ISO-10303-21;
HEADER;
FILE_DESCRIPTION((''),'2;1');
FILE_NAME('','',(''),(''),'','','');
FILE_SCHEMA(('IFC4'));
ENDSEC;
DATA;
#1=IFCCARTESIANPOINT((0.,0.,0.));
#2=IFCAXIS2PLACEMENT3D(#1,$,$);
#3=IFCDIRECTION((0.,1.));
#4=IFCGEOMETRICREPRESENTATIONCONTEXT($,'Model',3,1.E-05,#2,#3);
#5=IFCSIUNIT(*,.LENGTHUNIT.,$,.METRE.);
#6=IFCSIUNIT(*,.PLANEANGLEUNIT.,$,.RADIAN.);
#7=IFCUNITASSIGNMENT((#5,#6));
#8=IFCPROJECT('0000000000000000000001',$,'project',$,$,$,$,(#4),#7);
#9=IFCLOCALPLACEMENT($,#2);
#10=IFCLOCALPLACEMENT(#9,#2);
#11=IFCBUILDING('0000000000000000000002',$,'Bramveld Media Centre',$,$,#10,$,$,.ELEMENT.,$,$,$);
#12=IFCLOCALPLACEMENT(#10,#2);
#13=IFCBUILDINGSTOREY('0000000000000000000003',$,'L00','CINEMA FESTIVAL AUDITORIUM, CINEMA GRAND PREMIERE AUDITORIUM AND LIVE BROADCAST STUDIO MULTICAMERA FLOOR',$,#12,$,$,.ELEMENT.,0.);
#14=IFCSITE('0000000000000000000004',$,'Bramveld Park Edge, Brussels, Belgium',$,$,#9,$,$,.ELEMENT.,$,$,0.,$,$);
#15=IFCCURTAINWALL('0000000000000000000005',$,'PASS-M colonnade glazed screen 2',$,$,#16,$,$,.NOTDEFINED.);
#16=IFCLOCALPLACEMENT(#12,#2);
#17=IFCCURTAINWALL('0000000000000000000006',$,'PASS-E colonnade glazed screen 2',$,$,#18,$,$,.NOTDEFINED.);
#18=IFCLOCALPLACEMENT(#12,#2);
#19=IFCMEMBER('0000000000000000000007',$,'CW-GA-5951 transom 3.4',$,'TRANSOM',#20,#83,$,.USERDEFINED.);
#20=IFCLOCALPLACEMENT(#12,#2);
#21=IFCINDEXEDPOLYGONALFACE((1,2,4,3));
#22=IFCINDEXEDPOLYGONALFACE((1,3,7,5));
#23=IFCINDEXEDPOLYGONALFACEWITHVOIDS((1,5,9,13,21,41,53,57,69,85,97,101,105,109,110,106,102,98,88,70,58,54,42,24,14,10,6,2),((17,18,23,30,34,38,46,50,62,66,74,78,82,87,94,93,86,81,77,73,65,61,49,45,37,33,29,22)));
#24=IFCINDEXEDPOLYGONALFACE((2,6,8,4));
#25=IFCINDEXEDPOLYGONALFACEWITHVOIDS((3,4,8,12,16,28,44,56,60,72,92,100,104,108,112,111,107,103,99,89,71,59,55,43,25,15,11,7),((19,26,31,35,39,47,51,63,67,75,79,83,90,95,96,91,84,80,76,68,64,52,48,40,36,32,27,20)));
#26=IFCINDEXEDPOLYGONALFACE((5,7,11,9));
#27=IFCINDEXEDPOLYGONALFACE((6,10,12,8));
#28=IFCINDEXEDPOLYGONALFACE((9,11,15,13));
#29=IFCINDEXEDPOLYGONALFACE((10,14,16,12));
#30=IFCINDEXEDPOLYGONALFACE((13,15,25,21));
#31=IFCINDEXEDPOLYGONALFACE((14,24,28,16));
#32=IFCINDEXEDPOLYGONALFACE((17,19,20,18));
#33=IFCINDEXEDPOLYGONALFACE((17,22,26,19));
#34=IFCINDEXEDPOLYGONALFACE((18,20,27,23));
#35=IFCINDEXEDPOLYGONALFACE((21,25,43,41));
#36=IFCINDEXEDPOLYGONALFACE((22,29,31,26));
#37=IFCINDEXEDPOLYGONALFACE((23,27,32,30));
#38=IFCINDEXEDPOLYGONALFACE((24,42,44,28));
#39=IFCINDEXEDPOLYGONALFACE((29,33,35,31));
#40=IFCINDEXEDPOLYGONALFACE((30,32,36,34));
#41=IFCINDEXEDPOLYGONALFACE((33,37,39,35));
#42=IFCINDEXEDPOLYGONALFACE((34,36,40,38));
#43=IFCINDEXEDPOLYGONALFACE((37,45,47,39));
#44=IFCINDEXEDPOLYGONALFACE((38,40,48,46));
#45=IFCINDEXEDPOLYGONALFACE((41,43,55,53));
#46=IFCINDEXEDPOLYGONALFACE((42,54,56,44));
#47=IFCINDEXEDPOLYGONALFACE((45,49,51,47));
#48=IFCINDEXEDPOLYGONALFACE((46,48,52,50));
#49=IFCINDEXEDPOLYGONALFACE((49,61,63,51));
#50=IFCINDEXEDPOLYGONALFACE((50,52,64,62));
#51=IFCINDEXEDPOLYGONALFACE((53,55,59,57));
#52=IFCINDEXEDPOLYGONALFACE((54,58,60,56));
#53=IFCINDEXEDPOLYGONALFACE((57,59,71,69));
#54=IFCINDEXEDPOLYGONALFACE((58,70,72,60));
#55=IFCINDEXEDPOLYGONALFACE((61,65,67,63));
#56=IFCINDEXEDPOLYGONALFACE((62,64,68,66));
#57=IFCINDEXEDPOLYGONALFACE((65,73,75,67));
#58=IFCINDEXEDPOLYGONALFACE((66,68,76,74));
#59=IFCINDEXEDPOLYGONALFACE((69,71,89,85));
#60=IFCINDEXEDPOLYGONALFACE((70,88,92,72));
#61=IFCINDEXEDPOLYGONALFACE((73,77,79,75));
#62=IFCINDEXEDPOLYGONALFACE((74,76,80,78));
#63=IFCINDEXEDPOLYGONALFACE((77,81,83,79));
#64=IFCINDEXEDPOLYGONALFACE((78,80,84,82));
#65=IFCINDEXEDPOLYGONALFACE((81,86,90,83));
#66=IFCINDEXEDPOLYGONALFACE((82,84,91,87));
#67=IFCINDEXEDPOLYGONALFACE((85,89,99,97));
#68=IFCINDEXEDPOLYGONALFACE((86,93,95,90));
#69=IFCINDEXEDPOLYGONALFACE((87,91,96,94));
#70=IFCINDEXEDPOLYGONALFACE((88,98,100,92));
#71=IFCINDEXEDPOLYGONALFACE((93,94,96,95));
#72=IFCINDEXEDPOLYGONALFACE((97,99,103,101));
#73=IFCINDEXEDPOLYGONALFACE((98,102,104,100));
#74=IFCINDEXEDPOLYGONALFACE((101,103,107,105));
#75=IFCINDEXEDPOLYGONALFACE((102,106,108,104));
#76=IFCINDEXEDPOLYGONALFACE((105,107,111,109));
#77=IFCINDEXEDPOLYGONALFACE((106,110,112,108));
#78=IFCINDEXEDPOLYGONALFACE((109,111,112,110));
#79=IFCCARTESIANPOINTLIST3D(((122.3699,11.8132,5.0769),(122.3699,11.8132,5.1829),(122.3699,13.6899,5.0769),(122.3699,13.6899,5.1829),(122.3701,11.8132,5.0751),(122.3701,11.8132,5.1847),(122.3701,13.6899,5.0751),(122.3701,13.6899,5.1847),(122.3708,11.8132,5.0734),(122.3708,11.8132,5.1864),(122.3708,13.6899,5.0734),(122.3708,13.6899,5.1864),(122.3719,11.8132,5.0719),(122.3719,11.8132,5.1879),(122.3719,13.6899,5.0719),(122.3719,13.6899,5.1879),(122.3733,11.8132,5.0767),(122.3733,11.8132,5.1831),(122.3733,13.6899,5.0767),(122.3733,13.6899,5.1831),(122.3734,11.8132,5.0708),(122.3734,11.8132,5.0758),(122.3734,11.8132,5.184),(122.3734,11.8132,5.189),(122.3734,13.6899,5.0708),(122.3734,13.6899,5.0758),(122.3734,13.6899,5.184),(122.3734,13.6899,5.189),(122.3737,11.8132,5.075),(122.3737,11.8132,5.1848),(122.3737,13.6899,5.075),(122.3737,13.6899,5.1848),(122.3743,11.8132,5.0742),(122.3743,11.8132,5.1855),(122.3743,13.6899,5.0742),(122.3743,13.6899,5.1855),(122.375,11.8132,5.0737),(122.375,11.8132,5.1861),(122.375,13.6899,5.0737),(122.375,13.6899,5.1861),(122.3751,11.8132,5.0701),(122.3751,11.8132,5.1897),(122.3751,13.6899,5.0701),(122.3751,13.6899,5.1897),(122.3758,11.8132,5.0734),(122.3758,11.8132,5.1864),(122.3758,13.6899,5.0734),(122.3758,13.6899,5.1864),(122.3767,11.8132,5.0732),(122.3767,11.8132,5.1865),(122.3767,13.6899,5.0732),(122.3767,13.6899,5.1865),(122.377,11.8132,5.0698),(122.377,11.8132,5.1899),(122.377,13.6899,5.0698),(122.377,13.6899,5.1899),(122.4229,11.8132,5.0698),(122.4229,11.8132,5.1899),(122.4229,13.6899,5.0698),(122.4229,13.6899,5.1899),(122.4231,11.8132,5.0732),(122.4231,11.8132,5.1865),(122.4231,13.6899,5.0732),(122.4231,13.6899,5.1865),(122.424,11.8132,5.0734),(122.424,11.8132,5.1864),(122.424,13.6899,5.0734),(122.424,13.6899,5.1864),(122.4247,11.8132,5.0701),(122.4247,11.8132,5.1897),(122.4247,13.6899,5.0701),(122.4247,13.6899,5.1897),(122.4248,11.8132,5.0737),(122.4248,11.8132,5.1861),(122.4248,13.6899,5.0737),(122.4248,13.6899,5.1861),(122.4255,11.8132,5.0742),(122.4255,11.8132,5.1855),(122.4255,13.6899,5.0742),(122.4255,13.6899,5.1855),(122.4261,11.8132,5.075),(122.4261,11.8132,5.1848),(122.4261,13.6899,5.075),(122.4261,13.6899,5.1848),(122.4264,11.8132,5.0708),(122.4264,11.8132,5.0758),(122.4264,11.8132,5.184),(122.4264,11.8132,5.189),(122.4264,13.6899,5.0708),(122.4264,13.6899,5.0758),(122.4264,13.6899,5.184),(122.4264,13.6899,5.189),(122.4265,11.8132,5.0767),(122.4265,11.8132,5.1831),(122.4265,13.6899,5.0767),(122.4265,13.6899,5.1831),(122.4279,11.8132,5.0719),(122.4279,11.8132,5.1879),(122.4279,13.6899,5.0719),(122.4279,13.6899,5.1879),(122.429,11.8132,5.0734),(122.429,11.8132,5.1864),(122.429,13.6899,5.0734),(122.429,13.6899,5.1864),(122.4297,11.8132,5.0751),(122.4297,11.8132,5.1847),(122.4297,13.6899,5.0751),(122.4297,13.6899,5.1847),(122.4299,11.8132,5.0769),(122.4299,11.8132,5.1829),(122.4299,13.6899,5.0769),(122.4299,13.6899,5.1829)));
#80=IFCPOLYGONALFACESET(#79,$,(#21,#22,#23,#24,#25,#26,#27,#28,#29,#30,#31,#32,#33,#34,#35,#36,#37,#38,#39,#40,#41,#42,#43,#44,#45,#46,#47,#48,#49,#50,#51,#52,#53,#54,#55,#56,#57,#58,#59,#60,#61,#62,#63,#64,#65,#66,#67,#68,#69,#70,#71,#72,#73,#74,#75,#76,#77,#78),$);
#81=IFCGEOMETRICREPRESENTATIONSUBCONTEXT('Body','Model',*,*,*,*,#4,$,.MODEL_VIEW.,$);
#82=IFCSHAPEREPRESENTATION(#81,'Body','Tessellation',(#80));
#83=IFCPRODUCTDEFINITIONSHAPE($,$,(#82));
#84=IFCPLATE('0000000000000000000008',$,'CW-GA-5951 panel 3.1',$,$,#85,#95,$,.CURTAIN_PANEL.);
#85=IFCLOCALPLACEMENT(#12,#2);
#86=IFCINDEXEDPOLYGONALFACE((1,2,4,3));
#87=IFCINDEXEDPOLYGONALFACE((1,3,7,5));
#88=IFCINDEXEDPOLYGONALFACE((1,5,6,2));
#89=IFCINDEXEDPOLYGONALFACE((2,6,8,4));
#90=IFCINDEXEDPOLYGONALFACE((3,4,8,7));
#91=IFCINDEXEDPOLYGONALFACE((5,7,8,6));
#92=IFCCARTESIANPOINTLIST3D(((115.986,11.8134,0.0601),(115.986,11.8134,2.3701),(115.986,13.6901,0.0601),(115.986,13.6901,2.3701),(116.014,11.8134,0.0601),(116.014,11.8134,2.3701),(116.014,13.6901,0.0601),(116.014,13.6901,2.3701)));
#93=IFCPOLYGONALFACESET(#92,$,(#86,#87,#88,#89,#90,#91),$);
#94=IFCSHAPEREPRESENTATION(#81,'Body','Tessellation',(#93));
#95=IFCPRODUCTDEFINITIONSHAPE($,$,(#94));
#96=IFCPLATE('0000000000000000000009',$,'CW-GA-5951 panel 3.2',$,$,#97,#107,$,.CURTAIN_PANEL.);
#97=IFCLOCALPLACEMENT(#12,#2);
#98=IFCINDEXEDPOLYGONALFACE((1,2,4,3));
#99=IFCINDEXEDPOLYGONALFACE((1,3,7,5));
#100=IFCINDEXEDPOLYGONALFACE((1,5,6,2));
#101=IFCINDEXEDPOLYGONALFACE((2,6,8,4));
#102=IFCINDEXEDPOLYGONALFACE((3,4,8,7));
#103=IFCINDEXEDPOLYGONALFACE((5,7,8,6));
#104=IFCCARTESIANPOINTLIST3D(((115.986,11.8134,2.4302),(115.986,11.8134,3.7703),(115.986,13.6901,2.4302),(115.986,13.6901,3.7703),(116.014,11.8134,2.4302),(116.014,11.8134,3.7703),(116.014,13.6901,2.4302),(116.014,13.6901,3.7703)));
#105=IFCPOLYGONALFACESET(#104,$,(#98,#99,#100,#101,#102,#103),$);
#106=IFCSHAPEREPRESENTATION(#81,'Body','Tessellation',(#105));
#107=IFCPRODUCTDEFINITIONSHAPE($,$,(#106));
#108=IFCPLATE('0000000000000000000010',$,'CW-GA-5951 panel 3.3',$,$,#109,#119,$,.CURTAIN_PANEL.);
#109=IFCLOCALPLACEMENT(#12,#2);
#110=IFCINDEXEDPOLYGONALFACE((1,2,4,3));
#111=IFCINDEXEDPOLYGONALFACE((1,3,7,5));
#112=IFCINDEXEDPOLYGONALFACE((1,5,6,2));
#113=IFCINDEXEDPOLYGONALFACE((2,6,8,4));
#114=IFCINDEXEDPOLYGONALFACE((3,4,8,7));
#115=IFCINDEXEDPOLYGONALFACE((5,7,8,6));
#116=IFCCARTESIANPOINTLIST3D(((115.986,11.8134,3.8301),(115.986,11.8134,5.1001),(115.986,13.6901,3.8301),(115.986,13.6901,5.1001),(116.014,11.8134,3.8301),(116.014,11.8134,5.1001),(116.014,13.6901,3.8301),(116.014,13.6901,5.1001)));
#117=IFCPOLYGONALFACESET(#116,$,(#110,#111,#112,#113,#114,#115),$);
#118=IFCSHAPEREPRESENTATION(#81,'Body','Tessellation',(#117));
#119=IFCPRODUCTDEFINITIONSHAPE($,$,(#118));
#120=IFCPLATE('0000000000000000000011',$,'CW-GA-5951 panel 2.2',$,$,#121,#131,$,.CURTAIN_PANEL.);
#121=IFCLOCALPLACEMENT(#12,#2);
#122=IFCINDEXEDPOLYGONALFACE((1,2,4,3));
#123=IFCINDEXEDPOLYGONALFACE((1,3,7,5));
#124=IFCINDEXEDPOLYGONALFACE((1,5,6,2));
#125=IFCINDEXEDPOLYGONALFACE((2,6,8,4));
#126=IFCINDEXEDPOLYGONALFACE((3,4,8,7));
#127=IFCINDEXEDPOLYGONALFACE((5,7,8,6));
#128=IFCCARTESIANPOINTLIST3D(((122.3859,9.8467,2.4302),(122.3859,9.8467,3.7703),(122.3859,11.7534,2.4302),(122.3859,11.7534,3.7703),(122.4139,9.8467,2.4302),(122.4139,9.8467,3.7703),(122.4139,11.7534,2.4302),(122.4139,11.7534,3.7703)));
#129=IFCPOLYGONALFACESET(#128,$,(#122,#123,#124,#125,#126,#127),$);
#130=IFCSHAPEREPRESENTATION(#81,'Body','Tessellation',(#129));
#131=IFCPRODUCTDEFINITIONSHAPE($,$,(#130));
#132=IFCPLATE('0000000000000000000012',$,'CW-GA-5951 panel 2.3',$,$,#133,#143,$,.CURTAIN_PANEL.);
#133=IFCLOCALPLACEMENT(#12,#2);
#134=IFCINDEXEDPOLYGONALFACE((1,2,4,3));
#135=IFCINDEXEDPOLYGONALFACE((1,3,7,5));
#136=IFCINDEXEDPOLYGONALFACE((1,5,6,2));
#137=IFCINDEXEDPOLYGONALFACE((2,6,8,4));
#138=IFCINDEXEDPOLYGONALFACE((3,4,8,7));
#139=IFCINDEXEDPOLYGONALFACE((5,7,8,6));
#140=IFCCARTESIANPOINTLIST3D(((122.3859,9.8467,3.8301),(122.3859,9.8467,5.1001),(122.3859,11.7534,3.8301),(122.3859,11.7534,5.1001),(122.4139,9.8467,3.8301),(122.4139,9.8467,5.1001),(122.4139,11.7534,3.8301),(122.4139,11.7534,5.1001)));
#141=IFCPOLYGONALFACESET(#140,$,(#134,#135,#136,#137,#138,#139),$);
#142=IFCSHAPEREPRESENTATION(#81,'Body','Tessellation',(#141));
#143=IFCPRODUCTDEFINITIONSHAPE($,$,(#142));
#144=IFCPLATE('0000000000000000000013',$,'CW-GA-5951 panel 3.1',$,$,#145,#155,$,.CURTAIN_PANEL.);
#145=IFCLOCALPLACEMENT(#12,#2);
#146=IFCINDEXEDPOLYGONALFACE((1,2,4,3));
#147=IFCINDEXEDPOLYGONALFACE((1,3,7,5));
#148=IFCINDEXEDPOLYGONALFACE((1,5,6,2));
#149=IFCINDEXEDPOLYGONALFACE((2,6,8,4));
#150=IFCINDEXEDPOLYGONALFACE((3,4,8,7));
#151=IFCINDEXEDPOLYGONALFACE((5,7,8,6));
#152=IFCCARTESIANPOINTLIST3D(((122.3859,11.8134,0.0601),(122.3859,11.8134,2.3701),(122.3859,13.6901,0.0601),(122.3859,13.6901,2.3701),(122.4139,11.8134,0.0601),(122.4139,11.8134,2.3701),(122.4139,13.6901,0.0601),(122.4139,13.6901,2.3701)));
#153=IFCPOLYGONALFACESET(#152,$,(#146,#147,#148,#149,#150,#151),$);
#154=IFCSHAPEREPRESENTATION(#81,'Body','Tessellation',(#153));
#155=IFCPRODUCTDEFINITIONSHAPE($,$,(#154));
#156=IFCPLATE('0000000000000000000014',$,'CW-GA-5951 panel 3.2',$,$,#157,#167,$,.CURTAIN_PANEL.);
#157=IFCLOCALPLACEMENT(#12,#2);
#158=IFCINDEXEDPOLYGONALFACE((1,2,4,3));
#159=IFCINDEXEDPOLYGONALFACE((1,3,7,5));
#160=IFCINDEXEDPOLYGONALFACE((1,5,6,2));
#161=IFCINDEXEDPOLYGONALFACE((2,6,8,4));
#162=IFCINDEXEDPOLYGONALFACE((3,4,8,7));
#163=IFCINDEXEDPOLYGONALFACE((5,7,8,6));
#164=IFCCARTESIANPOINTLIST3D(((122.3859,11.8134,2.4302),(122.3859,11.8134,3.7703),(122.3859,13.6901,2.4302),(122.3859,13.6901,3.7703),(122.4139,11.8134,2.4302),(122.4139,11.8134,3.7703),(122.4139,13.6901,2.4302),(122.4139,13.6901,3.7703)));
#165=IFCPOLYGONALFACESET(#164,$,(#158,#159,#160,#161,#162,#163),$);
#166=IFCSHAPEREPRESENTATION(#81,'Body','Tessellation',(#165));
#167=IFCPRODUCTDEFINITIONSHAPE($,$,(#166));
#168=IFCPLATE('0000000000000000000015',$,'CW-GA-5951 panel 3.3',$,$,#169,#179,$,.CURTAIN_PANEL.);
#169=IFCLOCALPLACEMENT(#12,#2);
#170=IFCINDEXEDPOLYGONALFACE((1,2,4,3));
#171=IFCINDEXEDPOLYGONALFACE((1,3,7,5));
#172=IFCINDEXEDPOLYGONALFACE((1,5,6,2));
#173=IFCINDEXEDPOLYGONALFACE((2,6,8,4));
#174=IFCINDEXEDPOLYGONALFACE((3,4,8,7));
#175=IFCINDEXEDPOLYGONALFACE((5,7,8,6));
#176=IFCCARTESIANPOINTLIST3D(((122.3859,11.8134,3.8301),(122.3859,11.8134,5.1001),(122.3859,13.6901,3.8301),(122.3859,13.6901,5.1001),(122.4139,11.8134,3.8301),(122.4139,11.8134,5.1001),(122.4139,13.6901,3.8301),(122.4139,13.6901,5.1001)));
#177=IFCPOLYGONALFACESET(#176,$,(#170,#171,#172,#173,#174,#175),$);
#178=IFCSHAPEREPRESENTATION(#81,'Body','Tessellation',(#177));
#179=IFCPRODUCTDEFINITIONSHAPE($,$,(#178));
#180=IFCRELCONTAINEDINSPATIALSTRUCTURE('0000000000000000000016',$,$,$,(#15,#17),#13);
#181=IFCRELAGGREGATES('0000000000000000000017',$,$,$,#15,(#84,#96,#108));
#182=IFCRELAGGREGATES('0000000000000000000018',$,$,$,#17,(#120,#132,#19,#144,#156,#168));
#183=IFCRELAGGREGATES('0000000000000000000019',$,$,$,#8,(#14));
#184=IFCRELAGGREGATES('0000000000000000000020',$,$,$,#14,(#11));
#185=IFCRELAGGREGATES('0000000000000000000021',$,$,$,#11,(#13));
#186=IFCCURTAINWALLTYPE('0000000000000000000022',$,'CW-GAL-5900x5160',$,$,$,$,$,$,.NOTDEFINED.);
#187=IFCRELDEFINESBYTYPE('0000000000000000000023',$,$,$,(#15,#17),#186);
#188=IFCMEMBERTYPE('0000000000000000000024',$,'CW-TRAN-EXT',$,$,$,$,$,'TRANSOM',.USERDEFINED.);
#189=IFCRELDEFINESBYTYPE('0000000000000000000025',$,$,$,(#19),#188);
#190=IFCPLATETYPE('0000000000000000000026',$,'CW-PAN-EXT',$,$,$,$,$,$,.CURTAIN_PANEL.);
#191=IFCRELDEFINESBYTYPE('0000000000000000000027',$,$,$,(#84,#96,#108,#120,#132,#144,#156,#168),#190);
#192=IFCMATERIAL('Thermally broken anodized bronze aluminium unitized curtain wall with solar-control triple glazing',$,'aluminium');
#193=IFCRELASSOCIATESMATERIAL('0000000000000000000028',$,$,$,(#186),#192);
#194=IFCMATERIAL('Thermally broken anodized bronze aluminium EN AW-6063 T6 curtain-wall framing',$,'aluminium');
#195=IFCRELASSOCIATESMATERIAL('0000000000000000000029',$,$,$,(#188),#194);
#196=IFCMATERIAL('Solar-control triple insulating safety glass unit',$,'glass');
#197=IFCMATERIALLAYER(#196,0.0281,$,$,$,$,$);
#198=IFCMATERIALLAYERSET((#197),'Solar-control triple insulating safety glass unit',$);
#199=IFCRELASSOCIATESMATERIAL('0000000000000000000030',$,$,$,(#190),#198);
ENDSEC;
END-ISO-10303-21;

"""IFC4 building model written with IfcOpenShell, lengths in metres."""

from ifc_helpers import new_model, si_unit, direction, frame, origin, origin_2d, place, context, subcontext, project, spatial, rectangle, hollow_rectangle, extrude, material, layer, layer_set, material_profile, profile_set, type_object, element, aggregate, save


model = new_model("IFC4")

# Units and contexts
model_context = context("Model", 3, precision=1e-05, world=origin(), true_north=direction((0.0, 1.0)))
body_context = subcontext(model_context, "Body", "Model", "MODEL_VIEW")
ifc_project = project(units=[si_unit("LENGTHUNIT", "METRE"), si_unit("PLANEANGLEUNIT", "RADIAN")], contexts=[model_context])

# Site, building, storey
site_placement = place(None, origin())
site = spatial("IfcSite", under=ifc_project, at=site_placement, Name="Bramveld Park Edge, Brussels, Belgium", CompositionType="ELEMENT", RefElevation=0.0)
building_placement = place(site_placement, origin())
building = spatial("IfcBuilding", under=site, at=building_placement, Name="Bramveld Media Centre", CompositionType="ELEMENT")
storey_placement = place(building_placement, origin())
storey = spatial("IfcBuildingStorey", under=building, at=storey_placement, Name="L00", Description="CINEMA FESTIVAL AUDITORIUM, CINEMA GRAND PREMIERE AUDITORIUM AND LIVE BROADCAST STUDIO MULTICAMERA FLOOR", CompositionType="ELEMENT", Elevation=0.0)

# Curtain walls
ifc_material_1 = material(Name="Thermally broken anodized bronze aluminium unitized curtain wall with solar-control triple glazing", Category="aluminium")
curtain_wall_type = type_object("IfcCurtainWallType", Name="CW-GAL-5900x5160", PredefinedType="NOTDEFINED", material=ifc_material_1)
curtain_wall_1_placement = place(storey_placement, origin())
curtain_wall_1 = element("IfcCurtainWall", 1, at=curtain_wall_1_placement, inside=storey, type_object=curtain_wall_type, Name="PASS-M colonnade glazed screen 2", PredefinedType="NOTDEFINED")
curtain_wall_2_placement = place(storey_placement, origin())
curtain_wall_2 = element("IfcCurtainWall", 2, at=curtain_wall_2_placement, inside=storey, type_object=curtain_wall_type, Name="PASS-E colonnade glazed screen 2", PredefinedType="NOTDEFINED")

# Member
ifc_material_2 = material(Name="Thermally broken anodized bronze aluminium EN AW-6063 T6 curtain-wall framing", Category="aluminium")
ifc_material_profile_1 = material_profile(ifc_material_2, hollow_rectangle(XDim=0.0601, YDim=0.1201, WallThickness=0.0034, InnerFilletRadius=0.0034, OuterFilletRadius=0.0071, at=origin_2d()), Name="AL-TRAN 60x120")
ifc_profile_set_1 = profile_set([ifc_material_profile_1], Name="Thermally broken anodized bronze aluminium EN AW-6063 T6 curtain-wall framing")
member_type_1 = type_object("IfcMemberType", Name="CW-TRAN-EXT", ElementType="TRANSOM", PredefinedType="USERDEFINED", material=ifc_profile_set_1)
member_1_placement = place(storey_placement, frame((122.3999, 11.8132, 5.1299), z_axis=(0.0, 1.0, 0.0), x_axis=(-1.0, 0.0, 0.0)))
member_1 = element("IfcMember", 3, at=member_1_placement, type_object=member_type_1, Name="CW-GA-5951 transom 3.4", ObjectType="TRANSOM", PredefinedType="USERDEFINED", context=body_context, shape_type="SweptSolid", body=[
    extrude(hollow_rectangle(XDim=0.0601, YDim=0.1201, WallThickness=0.0034, InnerFilletRadius=0.0034, OuterFilletRadius=0.0071, at=origin_2d()), origin(), (0.0, 0.0, 1.0), 1.8767),
])

# Plates
ifc_material_3 = material(Name="Solar-control triple insulating safety glass unit", Category="glass")
ifc_layer = layer(ifc_material_3, 0.0281)
ifc_layer_set = layer_set([ifc_layer], Name="Solar-control triple insulating safety glass unit")
plate_type = type_object("IfcPlateType", Name="CW-PAN-EXT", PredefinedType="CURTAIN_PANEL", material=ifc_layer_set)
plate_1_placement = place(storey_placement, frame((116.0, 12.7517, 0.0601), z_axis=(0.0, 0.0, 1.0), x_axis=(0.0, 1.0, 0.0)))
plate_1 = element("IfcPlate", 4, at=plate_1_placement, type_object=plate_type, Name="CW-GA-5951 panel 3.1", PredefinedType="CURTAIN_PANEL", context=body_context, shape_type="SweptSolid", body=[
    extrude(rectangle(XDim=1.8767, YDim=0.0281, at=origin_2d()), origin(), (0.0, 0.0, 1.0), 2.3101),
])
plate_2_placement = place(storey_placement, frame((116.0, 12.7517, 2.4302), z_axis=(0.0, 0.0, 1.0), x_axis=(0.0, 1.0, 0.0)))
plate_2 = element("IfcPlate", 5, at=plate_2_placement, type_object=plate_type, Name="CW-GA-5951 panel 3.2", PredefinedType="CURTAIN_PANEL", context=body_context, shape_type="SweptSolid", body=[
    extrude(rectangle(XDim=1.8767, YDim=0.0281, at=origin_2d()), origin(), (0.0, 0.0, 1.0), 1.3401),
])
plate_3_placement = place(storey_placement, frame((116.0, 12.7517, 3.8301), z_axis=(0.0, 0.0, 1.0), x_axis=(0.0, 1.0, 0.0)))
plate_3 = element("IfcPlate", 6, at=plate_3_placement, type_object=plate_type, Name="CW-GA-5951 panel 3.3", PredefinedType="CURTAIN_PANEL", context=body_context, shape_type="SweptSolid", body=[
    extrude(rectangle(XDim=1.8767, YDim=0.0281, at=origin_2d()), origin(), (0.0, 0.0, 1.0), 1.27),
])
aggregate(curtain_wall_1, [plate_1, plate_2, plate_3])
plate_4_placement = place(storey_placement, frame((122.3999, 10.8, 2.4302), z_axis=(0.0, 0.0, 1.0), x_axis=(0.0, 1.0, 0.0)))
plate_4 = element("IfcPlate", 7, at=plate_4_placement, type_object=plate_type, Name="CW-GA-5951 panel 2.2", PredefinedType="CURTAIN_PANEL", context=body_context, shape_type="SweptSolid", body=[
    extrude(rectangle(XDim=1.9067, YDim=0.0281, at=origin_2d()), origin(), (0.0, 0.0, 1.0), 1.3401),
])
plate_5_placement = place(storey_placement, frame((122.3999, 10.8, 3.8301), z_axis=(0.0, 0.0, 1.0), x_axis=(0.0, 1.0, 0.0)))
plate_5 = element("IfcPlate", 8, at=plate_5_placement, type_object=plate_type, Name="CW-GA-5951 panel 2.3", PredefinedType="CURTAIN_PANEL", context=body_context, shape_type="SweptSolid", body=[
    extrude(rectangle(XDim=1.9067, YDim=0.0281, at=origin_2d()), origin(), (0.0, 0.0, 1.0), 1.27),
])
plate_6_placement = place(storey_placement, frame((122.3999, 12.7517, 0.0601), z_axis=(0.0, 0.0, 1.0), x_axis=(0.0, 1.0, 0.0)))
plate_6 = element("IfcPlate", 9, at=plate_6_placement, type_object=plate_type, Name="CW-GA-5951 panel 3.1", PredefinedType="CURTAIN_PANEL", context=body_context, shape_type="SweptSolid", body=[
    extrude(rectangle(XDim=1.8767, YDim=0.0281, at=origin_2d()), origin(), (0.0, 0.0, 1.0), 2.3101),
])
plate_7_placement = place(storey_placement, frame((122.3999, 12.7517, 2.4302), z_axis=(0.0, 0.0, 1.0), x_axis=(0.0, 1.0, 0.0)))
plate_7 = element("IfcPlate", 10, at=plate_7_placement, type_object=plate_type, Name="CW-GA-5951 panel 3.2", PredefinedType="CURTAIN_PANEL", context=body_context, shape_type="SweptSolid", body=[
    extrude(rectangle(XDim=1.8767, YDim=0.0281, at=origin_2d()), origin(), (0.0, 0.0, 1.0), 1.3401),
])
plate_8_placement = place(storey_placement, frame((122.3999, 12.7517, 3.8301), z_axis=(0.0, 0.0, 1.0), x_axis=(0.0, 1.0, 0.0)))
plate_8 = element("IfcPlate", 11, at=plate_8_placement, type_object=plate_type, Name="CW-GA-5951 panel 3.3", PredefinedType="CURTAIN_PANEL", context=body_context, shape_type="SweptSolid", body=[
    extrude(rectangle(XDim=1.8767, YDim=0.0281, at=origin_2d()), origin(), (0.0, 0.0, 1.0), 1.27),
])
aggregate(curtain_wall_2, [plate_4, plate_5, member_1, plate_6, plate_7, plate_8])

save(model, "model.ifc")
